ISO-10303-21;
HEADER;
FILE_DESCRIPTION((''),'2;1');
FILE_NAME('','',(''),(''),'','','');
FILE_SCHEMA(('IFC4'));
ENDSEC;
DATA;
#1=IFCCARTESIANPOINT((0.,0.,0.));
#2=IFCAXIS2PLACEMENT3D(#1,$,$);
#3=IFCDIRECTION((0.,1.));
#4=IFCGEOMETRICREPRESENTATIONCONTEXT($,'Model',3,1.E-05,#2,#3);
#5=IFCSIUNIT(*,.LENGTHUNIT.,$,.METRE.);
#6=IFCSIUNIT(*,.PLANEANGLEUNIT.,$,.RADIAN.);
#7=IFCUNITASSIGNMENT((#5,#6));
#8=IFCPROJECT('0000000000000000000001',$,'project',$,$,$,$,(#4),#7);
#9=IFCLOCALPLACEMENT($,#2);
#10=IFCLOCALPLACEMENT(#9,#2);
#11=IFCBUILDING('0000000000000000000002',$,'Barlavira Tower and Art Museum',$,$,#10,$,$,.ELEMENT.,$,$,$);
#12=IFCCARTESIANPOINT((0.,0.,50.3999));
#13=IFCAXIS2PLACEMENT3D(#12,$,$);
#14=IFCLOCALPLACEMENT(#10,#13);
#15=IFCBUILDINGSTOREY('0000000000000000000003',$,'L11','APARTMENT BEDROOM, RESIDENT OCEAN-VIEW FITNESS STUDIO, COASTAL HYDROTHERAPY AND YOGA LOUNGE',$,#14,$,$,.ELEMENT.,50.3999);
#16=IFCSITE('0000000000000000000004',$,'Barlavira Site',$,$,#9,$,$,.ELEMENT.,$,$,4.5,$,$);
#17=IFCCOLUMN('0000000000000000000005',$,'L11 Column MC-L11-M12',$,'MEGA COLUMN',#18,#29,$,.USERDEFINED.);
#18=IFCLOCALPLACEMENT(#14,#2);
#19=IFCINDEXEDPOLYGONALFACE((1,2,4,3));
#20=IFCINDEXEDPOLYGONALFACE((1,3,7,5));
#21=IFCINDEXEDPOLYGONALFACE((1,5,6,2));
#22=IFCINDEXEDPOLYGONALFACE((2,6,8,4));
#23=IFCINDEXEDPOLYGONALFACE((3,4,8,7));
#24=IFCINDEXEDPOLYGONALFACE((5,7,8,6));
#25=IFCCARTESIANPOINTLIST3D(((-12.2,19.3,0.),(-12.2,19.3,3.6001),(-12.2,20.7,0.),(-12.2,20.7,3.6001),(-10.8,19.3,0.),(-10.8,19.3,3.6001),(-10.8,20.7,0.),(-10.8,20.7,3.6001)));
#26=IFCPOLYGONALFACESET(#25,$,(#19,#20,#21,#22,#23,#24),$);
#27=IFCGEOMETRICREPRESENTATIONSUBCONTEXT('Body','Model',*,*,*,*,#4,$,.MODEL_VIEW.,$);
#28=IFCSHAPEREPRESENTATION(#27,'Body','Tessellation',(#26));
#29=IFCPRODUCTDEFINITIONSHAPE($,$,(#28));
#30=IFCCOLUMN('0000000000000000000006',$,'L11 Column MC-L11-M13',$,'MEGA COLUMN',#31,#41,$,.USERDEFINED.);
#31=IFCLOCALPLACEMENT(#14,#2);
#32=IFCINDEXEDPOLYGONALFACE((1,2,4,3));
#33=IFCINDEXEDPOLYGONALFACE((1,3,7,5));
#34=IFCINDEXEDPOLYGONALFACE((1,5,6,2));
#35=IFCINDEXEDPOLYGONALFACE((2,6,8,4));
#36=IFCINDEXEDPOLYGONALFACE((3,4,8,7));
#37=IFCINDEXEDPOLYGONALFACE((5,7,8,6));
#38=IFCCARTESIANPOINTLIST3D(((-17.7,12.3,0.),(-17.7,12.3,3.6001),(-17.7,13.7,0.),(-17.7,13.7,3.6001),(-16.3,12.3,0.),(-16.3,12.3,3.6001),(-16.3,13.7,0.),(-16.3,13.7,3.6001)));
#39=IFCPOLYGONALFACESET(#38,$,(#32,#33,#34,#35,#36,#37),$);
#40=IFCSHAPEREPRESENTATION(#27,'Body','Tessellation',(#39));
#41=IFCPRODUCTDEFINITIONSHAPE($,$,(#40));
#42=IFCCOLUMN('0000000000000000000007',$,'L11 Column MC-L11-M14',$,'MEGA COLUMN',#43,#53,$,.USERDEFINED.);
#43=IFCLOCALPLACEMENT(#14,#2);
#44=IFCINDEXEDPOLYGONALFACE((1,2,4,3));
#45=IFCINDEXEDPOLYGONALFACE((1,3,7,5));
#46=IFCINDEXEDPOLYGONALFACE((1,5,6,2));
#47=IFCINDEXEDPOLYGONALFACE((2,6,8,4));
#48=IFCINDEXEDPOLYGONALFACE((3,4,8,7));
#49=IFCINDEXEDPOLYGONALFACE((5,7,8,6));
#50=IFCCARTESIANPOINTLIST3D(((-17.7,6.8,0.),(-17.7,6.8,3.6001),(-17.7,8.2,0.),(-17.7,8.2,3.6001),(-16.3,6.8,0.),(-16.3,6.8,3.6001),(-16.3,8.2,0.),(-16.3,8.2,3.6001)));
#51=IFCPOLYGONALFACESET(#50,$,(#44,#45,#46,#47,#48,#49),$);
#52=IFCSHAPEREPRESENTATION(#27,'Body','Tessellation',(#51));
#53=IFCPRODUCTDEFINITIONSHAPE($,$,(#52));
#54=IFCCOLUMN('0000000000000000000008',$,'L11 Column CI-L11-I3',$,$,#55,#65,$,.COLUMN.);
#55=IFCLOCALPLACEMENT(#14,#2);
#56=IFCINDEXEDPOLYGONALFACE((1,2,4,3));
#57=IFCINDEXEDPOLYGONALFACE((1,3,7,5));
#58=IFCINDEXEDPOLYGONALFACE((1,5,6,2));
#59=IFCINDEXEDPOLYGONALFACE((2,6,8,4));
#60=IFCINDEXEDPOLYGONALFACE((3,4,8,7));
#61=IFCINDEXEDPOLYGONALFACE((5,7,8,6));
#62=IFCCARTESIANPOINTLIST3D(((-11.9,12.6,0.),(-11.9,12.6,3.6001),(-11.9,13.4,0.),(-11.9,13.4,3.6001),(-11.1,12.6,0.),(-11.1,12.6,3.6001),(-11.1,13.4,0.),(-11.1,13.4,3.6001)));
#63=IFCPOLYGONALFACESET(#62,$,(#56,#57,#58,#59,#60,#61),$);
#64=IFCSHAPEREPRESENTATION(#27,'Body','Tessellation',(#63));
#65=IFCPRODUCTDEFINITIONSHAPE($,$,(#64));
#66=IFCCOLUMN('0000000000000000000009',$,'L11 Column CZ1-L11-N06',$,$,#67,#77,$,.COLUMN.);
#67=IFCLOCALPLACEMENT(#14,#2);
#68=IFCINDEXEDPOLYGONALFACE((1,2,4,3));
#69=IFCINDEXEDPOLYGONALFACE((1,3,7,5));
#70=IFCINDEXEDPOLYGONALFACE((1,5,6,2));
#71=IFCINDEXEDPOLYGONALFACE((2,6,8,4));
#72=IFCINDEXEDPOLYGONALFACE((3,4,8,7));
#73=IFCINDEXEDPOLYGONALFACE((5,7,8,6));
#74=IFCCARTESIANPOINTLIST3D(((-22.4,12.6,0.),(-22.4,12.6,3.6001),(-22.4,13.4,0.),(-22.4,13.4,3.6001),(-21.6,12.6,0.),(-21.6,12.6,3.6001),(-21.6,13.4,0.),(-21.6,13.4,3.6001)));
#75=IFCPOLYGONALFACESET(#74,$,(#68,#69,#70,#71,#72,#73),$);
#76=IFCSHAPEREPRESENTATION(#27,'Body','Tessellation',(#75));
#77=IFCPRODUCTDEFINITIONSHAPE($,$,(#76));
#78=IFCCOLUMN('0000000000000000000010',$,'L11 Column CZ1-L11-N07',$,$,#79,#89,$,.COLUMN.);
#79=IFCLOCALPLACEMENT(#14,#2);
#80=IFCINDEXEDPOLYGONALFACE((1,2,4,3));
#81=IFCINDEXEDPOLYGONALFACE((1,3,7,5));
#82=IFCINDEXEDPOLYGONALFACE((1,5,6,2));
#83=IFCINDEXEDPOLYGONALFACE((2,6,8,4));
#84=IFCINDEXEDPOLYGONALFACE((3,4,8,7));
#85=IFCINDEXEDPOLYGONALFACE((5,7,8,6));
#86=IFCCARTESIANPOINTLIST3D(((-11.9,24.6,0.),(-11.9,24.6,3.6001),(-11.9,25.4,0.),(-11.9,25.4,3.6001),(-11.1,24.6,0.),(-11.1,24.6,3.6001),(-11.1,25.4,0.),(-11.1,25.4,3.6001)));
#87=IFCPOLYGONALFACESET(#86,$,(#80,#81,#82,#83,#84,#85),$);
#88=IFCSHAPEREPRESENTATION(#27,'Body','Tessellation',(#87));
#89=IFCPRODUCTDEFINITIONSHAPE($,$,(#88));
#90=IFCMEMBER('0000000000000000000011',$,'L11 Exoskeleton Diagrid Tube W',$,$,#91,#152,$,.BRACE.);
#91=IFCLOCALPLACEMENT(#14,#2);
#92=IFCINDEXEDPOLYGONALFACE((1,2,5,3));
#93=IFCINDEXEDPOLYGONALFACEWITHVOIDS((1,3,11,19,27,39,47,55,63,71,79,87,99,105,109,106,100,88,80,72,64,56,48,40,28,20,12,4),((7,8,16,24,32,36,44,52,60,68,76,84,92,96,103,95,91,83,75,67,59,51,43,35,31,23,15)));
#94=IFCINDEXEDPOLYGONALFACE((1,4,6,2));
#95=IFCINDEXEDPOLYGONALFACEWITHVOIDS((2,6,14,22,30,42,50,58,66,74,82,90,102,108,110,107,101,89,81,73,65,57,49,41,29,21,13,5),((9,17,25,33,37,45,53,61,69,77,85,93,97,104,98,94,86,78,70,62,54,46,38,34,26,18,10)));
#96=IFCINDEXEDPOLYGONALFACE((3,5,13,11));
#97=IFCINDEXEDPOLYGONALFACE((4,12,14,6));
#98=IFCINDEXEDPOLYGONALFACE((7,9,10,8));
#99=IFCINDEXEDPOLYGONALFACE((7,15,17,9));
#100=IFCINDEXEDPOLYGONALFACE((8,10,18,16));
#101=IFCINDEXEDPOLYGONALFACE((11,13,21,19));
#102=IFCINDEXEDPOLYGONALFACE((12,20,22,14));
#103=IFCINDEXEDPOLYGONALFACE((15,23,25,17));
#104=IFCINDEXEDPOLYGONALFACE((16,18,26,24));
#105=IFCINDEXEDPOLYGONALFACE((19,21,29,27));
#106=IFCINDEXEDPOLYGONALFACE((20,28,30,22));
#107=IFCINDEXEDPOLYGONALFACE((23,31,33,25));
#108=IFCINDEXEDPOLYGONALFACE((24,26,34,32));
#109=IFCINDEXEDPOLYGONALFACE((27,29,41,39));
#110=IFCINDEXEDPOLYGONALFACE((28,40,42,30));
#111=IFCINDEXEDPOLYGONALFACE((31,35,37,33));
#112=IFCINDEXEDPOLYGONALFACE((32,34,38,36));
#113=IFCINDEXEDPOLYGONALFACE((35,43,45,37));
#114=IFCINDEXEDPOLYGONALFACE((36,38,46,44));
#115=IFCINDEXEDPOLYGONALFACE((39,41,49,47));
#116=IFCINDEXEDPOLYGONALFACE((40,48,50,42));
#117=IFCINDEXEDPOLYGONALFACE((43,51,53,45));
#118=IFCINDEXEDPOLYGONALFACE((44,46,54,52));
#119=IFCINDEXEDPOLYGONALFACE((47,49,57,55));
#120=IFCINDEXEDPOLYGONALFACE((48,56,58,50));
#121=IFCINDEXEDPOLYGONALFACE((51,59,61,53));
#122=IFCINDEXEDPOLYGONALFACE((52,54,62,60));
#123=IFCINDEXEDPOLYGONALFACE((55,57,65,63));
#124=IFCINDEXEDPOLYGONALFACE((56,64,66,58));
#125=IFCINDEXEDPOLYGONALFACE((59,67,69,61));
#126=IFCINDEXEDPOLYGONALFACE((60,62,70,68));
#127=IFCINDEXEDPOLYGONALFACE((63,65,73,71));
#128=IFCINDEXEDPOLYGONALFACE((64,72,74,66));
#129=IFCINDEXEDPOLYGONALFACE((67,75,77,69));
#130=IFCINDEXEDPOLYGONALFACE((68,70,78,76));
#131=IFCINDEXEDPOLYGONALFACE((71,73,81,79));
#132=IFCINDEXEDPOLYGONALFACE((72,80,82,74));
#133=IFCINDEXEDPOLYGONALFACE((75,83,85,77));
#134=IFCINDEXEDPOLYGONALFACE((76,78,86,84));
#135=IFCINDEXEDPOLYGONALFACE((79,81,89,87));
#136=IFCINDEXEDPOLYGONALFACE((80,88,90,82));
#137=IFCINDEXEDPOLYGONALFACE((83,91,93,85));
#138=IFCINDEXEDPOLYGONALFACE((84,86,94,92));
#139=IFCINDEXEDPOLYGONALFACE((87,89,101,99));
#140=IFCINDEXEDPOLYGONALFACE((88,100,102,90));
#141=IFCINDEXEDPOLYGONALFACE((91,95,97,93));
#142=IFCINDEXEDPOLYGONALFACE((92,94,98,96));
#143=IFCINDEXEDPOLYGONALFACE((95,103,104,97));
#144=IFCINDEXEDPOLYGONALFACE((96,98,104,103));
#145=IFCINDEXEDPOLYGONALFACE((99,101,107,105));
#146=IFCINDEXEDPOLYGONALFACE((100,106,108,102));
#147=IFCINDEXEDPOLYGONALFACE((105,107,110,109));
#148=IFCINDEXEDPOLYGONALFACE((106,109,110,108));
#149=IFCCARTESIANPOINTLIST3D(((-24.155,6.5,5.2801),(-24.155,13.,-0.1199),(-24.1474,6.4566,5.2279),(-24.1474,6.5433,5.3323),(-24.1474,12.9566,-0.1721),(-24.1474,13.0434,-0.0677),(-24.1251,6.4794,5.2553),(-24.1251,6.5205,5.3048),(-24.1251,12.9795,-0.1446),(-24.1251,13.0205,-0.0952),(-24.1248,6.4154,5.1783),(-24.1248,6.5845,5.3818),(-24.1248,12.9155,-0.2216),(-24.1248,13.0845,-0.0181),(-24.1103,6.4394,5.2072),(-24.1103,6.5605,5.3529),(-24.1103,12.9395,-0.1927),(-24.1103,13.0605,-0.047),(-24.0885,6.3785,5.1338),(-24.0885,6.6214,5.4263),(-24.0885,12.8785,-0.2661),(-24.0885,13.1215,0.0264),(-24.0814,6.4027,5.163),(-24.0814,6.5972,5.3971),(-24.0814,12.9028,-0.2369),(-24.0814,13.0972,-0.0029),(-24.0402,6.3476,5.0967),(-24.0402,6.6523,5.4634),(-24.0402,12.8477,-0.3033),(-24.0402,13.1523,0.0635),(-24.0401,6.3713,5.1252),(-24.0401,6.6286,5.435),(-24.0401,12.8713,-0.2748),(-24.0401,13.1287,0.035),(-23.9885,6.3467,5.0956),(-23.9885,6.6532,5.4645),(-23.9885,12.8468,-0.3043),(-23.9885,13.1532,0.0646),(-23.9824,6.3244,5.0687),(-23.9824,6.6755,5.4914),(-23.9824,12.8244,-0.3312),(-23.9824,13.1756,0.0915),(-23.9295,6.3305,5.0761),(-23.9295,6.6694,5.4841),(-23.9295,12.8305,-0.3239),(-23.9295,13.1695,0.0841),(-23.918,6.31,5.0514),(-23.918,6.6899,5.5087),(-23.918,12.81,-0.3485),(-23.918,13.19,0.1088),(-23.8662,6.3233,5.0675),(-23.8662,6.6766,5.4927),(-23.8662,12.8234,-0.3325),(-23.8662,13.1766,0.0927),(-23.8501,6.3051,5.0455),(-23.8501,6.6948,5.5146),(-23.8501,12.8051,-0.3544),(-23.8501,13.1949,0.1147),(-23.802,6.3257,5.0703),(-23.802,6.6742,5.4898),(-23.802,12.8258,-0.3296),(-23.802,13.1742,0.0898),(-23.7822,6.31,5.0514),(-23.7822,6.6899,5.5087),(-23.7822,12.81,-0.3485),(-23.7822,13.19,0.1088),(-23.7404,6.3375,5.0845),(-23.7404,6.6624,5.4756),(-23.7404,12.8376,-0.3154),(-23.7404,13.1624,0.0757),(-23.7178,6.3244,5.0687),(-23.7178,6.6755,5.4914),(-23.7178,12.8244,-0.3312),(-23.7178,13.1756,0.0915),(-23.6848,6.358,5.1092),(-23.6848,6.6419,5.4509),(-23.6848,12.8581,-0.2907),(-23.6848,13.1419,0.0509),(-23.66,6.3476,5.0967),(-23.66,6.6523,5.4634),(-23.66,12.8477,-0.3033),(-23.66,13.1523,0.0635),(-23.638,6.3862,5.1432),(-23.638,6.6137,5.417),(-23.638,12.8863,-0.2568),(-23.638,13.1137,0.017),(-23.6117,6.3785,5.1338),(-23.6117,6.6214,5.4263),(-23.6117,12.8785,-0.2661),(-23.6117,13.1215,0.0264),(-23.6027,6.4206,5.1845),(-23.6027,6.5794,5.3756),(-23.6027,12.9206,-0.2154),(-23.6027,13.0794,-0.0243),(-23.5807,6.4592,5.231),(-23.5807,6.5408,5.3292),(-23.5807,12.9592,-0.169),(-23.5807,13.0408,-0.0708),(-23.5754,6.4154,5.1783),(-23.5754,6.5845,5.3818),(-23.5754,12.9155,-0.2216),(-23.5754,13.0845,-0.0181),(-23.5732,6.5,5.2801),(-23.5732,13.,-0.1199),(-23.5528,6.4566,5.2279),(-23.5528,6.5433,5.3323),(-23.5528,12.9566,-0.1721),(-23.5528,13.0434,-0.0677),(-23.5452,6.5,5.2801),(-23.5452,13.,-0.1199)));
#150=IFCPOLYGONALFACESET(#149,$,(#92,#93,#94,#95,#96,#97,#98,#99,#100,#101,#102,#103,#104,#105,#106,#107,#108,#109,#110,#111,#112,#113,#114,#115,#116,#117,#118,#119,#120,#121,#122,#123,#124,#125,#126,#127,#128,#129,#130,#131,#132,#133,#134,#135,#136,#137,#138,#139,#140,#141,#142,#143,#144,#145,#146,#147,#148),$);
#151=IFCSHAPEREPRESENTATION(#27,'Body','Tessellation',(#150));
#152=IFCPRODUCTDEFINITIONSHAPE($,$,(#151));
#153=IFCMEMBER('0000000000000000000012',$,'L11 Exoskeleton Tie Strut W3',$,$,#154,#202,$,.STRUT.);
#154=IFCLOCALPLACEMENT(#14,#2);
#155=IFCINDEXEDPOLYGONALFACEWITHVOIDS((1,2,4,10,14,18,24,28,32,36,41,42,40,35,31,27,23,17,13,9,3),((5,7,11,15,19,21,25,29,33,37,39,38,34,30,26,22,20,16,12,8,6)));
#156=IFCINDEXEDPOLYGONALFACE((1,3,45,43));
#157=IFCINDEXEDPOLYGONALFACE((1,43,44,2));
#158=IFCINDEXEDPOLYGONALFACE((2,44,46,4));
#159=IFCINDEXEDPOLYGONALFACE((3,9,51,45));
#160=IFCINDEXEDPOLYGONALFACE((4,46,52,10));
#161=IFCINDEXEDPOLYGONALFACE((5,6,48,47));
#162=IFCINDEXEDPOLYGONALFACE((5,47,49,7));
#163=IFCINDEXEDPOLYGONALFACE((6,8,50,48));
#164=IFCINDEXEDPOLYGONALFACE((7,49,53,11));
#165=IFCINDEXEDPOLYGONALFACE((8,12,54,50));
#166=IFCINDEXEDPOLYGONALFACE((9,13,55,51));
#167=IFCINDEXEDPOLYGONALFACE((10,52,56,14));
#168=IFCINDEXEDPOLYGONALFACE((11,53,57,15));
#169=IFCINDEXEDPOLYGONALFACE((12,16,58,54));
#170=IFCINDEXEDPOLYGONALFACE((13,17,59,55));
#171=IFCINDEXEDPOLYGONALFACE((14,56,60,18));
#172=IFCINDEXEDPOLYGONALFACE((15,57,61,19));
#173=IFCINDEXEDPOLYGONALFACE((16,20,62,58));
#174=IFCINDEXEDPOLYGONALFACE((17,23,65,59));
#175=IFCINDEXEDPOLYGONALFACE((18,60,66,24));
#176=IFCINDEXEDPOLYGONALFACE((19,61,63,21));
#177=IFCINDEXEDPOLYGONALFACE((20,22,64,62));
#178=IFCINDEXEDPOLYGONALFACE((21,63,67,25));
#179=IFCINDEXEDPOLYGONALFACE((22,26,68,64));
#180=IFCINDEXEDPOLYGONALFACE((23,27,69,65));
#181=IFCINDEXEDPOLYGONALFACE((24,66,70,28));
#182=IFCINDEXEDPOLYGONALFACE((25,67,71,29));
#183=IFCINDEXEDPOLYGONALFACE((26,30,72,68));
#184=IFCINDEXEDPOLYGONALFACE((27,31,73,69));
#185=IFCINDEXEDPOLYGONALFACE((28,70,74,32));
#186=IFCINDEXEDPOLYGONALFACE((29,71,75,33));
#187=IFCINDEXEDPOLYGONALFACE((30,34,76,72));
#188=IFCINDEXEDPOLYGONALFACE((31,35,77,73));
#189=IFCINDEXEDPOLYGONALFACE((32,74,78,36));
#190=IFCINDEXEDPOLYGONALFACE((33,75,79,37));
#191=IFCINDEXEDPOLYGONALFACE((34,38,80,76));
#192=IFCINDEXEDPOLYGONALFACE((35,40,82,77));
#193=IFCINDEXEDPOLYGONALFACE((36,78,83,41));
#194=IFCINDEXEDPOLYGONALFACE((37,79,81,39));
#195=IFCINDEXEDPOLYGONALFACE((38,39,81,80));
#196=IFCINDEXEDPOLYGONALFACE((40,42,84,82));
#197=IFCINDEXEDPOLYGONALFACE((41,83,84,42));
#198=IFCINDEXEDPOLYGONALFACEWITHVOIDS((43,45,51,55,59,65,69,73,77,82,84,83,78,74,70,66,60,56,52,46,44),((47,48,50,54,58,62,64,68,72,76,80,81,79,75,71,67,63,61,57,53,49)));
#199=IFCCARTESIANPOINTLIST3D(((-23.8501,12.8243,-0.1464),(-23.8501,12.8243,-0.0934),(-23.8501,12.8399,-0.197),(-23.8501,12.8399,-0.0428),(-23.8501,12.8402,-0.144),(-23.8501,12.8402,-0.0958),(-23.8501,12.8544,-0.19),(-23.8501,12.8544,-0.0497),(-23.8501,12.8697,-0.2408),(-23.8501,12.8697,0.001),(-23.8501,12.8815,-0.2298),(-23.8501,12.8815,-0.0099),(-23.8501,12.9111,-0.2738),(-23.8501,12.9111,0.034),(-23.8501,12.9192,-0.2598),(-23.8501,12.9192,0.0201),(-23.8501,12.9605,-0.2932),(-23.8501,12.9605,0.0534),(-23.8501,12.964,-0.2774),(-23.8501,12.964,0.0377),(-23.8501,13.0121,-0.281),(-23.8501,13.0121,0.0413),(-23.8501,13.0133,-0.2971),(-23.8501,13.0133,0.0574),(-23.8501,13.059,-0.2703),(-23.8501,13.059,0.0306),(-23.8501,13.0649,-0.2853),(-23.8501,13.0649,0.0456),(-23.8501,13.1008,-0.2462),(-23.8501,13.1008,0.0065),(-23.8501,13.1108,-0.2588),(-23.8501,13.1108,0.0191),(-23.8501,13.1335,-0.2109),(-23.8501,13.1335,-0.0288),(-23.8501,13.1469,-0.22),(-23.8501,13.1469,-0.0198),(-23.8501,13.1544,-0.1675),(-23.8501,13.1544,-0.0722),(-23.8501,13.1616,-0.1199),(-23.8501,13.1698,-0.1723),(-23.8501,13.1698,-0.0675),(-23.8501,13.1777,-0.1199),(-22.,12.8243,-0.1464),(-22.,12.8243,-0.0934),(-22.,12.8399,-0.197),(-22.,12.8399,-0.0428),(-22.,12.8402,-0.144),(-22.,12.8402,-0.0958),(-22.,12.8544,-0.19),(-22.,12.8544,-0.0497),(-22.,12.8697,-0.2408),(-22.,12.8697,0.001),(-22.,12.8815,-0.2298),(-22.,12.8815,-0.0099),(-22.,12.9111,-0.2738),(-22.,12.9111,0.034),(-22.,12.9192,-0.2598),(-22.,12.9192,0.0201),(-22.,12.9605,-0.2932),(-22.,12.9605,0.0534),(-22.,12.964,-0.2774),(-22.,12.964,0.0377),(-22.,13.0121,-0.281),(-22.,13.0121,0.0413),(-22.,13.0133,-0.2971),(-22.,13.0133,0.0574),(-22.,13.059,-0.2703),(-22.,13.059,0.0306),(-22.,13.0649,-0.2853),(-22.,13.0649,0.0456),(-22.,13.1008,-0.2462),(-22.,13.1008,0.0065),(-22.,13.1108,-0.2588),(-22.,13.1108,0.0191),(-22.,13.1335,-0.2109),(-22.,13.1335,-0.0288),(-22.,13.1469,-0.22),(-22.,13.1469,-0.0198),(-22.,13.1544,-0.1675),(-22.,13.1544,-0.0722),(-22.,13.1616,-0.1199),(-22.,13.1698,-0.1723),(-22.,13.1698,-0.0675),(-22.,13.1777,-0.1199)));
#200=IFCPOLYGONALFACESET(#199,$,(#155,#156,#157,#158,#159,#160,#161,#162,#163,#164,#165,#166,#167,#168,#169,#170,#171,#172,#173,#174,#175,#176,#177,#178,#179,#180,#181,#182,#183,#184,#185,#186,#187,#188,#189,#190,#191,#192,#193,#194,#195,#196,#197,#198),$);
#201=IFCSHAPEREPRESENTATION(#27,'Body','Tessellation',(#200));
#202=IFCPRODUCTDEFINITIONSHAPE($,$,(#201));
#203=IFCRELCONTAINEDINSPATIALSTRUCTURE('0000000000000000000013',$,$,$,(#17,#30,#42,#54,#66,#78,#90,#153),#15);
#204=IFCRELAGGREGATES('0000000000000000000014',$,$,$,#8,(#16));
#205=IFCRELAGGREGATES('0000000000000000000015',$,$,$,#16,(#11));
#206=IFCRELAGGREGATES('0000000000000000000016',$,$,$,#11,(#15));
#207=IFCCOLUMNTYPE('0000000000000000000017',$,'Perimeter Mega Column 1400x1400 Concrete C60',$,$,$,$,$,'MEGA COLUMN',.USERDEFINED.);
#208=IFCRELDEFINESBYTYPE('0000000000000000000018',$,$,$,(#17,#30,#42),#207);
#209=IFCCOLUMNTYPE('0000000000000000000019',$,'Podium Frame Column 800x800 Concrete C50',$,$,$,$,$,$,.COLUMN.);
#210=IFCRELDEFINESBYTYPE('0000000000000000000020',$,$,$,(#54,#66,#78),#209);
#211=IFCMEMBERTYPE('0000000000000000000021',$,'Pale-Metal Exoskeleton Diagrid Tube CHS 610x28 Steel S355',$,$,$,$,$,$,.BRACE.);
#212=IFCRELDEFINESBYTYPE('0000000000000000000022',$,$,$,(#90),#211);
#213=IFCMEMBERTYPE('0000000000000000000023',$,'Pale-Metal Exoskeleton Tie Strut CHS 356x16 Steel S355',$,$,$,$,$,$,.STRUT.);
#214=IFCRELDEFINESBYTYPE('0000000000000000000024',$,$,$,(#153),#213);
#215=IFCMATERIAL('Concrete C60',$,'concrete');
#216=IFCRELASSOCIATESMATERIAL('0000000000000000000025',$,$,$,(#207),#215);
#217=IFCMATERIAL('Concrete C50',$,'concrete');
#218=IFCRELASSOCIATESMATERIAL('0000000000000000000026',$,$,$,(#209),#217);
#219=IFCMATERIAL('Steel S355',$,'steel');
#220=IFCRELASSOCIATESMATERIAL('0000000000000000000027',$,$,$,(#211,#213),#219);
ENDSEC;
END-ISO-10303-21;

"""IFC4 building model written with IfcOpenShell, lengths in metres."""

from ifc_helpers import new_model, si_unit, direction, frame, origin, origin_2d, place, context, subcontext, project, spatial, rectangle, hollow_circle, extrude, material, material_profile, profile_set, type_object, element, save


model = new_model("IFC4")

# Units and contexts
model_context = context("Model", 3, precision=1e-05, world=origin(), true_north=direction((0.0, 1.0)))
body_context = subcontext(model_context, "Body", "Model", "MODEL_VIEW")
ifc_project = project(units=[si_unit("LENGTHUNIT", "METRE"), si_unit("PLANEANGLEUNIT", "RADIAN")], contexts=[model_context])

# Site, building, storey
site_placement = place(None, origin())
site = spatial("IfcSite", under=ifc_project, at=site_placement, Name="Barlavira Site", CompositionType="ELEMENT", RefElevation=4.5)
building_placement = place(site_placement, origin())
building = spatial("IfcBuilding", under=site, at=building_placement, Name="Barlavira Tower and Art Museum", CompositionType="ELEMENT")
storey_placement = place(building_placement, frame((0.0, 0.0, 50.3999)))
storey = spatial("IfcBuildingStorey", under=building, at=storey_placement, Name="L11", Description="APARTMENT BEDROOM, RESIDENT OCEAN-VIEW FITNESS STUDIO, COASTAL HYDROTHERAPY AND YOGA LOUNGE", CompositionType="ELEMENT", Elevation=50.3999)

# Columns
ifc_material_1 = material(Name="Concrete C60", Category="concrete")
ifc_material_profile_1 = material_profile(ifc_material_1, rectangle(XDim=1.3999, YDim=1.3999, at=origin_2d()), Name="RC-MCOL 1400x1400")
ifc_profile_set_1 = profile_set([ifc_material_profile_1], Name="Concrete C60")
column_type_1 = type_object("IfcColumnType", Name="Perimeter Mega Column 1400x1400 Concrete C60", ElementType="MEGA COLUMN", PredefinedType="USERDEFINED", material=ifc_profile_set_1)
for number, where, z_axis, x_axis, name in (
    (1, (-11.5, 20.0, 0.0), (0.0, 0.0, 1.0), (1.0, 0.0, 0.0), "L11 Column MC-L11-M12"),
    (2, (-17.0, 13.0, 0.0), (0.0, 0.0, 1.0), (1.0, 0.0, 0.0), "L11 Column MC-L11-M13"),
    (3, (-17.0, 7.5, 0.0), (0.0, 0.0, 1.0), (1.0, 0.0, 0.0), "L11 Column MC-L11-M14"),
):
    element("IfcColumn", number, at=place(storey_placement, frame(where, z_axis=z_axis, x_axis=x_axis)), inside=storey, type_object=column_type_1, Name=name, ObjectType="MEGA COLUMN", PredefinedType="USERDEFINED", context=body_context, shape_type="SweptSolid", body=[
        extrude(rectangle(XDim=1.3999, YDim=1.3999, at=origin_2d()), origin(), (0.0, 0.0, 1.0), 3.6001),
    ])
ifc_material_2 = material(Name="Concrete C50", Category="concrete")
ifc_material_profile_2 = material_profile(ifc_material_2, rectangle(XDim=0.8, YDim=0.8, at=origin_2d()), Name="RC-COL 800x800")
ifc_profile_set_2 = profile_set([ifc_material_profile_2], Name="Concrete C50")
column_type_2 = type_object("IfcColumnType", Name="Podium Frame Column 800x800 Concrete C50", PredefinedType="COLUMN", material=ifc_profile_set_2)
for number, where, z_axis, x_axis, name in (
    (4, (-11.5, 13.0, 0.0), (0.0, 0.0, 1.0), (1.0, 0.0, 0.0), "L11 Column CI-L11-I3"),
    (5, (-22.0, 13.0, 0.0), (0.0, 0.0, 1.0), (1.0, 0.0, 0.0), "L11 Column CZ1-L11-N06"),
    (6, (-11.5, 25.0, 0.0), (0.0, 0.0, 1.0), (1.0, 0.0, 0.0), "L11 Column CZ1-L11-N07"),
):
    element("IfcColumn", number, at=place(storey_placement, frame(where, z_axis=z_axis, x_axis=x_axis)), inside=storey, type_object=column_type_2, Name=name, PredefinedType="COLUMN", context=body_context, shape_type="SweptSolid", body=[
        extrude(rectangle(XDim=0.8, YDim=0.8, at=origin_2d()), origin(), (0.0, 0.0, 1.0), 3.6001),
    ])

# Members
ifc_material_3 = material(Name="Steel S355", Category="steel")
ifc_material_profile_3 = material_profile(ifc_material_3, hollow_circle(Radius=0.3049, WallThickness=0.0281, at=origin_2d()), Name="CHS 610.0x28.0")
ifc_profile_set_3 = profile_set([ifc_material_profile_3], Name="Steel S355")
member_type_1 = type_object("IfcMemberType", Name="Pale-Metal Exoskeleton Diagrid Tube CHS 610x28 Steel S355", PredefinedType="BRACE", material=ifc_profile_set_3)
member_1_placement = place(storey_placement, frame((-23.8501, 13.0, -0.1199), z_axis=(0.0, -0.769196, 0.639013), x_axis=(1.0, 0.0, 0.0)))
element("IfcMember", 7, at=member_1_placement, inside=storey, type_object=member_type_1, Name="L11 Exoskeleton Diagrid Tube W", PredefinedType="BRACE", context=body_context, shape_type="SweptSolid", body=[
    extrude(hollow_circle(Radius=0.3049, WallThickness=0.0281, at=origin_2d()), origin(), (0.0, 0.0, 1.0), 8.4504),
])
ifc_material_profile_4 = material_profile(ifc_material_3, hollow_circle(Radius=0.1777, WallThickness=0.0161, at=origin_2d()), Name="CHS 355.6x16.0")
ifc_profile_set_4 = profile_set([ifc_material_profile_4], Name="Steel S355")
member_type_2 = type_object("IfcMemberType", Name="Pale-Metal Exoskeleton Tie Strut CHS 356x16 Steel S355", PredefinedType="STRUT", material=ifc_profile_set_4)
member_2_placement = place(storey_placement, frame((-23.8501, 13.0, -0.1199), z_axis=(1.0, 0.0, 0.0), x_axis=(0.0, 1.0, 0.0)))
element("IfcMember", 8, at=member_2_placement, inside=storey, type_object=member_type_2, Name="L11 Exoskeleton Tie Strut W3", PredefinedType="STRUT", context=body_context, shape_type="SweptSolid", body=[
    extrude(hollow_circle(Radius=0.1777, WallThickness=0.0161, at=origin_2d()), origin(), (0.0, 0.0, 1.0), 1.8501),
])

save(model, "model.ifc")
